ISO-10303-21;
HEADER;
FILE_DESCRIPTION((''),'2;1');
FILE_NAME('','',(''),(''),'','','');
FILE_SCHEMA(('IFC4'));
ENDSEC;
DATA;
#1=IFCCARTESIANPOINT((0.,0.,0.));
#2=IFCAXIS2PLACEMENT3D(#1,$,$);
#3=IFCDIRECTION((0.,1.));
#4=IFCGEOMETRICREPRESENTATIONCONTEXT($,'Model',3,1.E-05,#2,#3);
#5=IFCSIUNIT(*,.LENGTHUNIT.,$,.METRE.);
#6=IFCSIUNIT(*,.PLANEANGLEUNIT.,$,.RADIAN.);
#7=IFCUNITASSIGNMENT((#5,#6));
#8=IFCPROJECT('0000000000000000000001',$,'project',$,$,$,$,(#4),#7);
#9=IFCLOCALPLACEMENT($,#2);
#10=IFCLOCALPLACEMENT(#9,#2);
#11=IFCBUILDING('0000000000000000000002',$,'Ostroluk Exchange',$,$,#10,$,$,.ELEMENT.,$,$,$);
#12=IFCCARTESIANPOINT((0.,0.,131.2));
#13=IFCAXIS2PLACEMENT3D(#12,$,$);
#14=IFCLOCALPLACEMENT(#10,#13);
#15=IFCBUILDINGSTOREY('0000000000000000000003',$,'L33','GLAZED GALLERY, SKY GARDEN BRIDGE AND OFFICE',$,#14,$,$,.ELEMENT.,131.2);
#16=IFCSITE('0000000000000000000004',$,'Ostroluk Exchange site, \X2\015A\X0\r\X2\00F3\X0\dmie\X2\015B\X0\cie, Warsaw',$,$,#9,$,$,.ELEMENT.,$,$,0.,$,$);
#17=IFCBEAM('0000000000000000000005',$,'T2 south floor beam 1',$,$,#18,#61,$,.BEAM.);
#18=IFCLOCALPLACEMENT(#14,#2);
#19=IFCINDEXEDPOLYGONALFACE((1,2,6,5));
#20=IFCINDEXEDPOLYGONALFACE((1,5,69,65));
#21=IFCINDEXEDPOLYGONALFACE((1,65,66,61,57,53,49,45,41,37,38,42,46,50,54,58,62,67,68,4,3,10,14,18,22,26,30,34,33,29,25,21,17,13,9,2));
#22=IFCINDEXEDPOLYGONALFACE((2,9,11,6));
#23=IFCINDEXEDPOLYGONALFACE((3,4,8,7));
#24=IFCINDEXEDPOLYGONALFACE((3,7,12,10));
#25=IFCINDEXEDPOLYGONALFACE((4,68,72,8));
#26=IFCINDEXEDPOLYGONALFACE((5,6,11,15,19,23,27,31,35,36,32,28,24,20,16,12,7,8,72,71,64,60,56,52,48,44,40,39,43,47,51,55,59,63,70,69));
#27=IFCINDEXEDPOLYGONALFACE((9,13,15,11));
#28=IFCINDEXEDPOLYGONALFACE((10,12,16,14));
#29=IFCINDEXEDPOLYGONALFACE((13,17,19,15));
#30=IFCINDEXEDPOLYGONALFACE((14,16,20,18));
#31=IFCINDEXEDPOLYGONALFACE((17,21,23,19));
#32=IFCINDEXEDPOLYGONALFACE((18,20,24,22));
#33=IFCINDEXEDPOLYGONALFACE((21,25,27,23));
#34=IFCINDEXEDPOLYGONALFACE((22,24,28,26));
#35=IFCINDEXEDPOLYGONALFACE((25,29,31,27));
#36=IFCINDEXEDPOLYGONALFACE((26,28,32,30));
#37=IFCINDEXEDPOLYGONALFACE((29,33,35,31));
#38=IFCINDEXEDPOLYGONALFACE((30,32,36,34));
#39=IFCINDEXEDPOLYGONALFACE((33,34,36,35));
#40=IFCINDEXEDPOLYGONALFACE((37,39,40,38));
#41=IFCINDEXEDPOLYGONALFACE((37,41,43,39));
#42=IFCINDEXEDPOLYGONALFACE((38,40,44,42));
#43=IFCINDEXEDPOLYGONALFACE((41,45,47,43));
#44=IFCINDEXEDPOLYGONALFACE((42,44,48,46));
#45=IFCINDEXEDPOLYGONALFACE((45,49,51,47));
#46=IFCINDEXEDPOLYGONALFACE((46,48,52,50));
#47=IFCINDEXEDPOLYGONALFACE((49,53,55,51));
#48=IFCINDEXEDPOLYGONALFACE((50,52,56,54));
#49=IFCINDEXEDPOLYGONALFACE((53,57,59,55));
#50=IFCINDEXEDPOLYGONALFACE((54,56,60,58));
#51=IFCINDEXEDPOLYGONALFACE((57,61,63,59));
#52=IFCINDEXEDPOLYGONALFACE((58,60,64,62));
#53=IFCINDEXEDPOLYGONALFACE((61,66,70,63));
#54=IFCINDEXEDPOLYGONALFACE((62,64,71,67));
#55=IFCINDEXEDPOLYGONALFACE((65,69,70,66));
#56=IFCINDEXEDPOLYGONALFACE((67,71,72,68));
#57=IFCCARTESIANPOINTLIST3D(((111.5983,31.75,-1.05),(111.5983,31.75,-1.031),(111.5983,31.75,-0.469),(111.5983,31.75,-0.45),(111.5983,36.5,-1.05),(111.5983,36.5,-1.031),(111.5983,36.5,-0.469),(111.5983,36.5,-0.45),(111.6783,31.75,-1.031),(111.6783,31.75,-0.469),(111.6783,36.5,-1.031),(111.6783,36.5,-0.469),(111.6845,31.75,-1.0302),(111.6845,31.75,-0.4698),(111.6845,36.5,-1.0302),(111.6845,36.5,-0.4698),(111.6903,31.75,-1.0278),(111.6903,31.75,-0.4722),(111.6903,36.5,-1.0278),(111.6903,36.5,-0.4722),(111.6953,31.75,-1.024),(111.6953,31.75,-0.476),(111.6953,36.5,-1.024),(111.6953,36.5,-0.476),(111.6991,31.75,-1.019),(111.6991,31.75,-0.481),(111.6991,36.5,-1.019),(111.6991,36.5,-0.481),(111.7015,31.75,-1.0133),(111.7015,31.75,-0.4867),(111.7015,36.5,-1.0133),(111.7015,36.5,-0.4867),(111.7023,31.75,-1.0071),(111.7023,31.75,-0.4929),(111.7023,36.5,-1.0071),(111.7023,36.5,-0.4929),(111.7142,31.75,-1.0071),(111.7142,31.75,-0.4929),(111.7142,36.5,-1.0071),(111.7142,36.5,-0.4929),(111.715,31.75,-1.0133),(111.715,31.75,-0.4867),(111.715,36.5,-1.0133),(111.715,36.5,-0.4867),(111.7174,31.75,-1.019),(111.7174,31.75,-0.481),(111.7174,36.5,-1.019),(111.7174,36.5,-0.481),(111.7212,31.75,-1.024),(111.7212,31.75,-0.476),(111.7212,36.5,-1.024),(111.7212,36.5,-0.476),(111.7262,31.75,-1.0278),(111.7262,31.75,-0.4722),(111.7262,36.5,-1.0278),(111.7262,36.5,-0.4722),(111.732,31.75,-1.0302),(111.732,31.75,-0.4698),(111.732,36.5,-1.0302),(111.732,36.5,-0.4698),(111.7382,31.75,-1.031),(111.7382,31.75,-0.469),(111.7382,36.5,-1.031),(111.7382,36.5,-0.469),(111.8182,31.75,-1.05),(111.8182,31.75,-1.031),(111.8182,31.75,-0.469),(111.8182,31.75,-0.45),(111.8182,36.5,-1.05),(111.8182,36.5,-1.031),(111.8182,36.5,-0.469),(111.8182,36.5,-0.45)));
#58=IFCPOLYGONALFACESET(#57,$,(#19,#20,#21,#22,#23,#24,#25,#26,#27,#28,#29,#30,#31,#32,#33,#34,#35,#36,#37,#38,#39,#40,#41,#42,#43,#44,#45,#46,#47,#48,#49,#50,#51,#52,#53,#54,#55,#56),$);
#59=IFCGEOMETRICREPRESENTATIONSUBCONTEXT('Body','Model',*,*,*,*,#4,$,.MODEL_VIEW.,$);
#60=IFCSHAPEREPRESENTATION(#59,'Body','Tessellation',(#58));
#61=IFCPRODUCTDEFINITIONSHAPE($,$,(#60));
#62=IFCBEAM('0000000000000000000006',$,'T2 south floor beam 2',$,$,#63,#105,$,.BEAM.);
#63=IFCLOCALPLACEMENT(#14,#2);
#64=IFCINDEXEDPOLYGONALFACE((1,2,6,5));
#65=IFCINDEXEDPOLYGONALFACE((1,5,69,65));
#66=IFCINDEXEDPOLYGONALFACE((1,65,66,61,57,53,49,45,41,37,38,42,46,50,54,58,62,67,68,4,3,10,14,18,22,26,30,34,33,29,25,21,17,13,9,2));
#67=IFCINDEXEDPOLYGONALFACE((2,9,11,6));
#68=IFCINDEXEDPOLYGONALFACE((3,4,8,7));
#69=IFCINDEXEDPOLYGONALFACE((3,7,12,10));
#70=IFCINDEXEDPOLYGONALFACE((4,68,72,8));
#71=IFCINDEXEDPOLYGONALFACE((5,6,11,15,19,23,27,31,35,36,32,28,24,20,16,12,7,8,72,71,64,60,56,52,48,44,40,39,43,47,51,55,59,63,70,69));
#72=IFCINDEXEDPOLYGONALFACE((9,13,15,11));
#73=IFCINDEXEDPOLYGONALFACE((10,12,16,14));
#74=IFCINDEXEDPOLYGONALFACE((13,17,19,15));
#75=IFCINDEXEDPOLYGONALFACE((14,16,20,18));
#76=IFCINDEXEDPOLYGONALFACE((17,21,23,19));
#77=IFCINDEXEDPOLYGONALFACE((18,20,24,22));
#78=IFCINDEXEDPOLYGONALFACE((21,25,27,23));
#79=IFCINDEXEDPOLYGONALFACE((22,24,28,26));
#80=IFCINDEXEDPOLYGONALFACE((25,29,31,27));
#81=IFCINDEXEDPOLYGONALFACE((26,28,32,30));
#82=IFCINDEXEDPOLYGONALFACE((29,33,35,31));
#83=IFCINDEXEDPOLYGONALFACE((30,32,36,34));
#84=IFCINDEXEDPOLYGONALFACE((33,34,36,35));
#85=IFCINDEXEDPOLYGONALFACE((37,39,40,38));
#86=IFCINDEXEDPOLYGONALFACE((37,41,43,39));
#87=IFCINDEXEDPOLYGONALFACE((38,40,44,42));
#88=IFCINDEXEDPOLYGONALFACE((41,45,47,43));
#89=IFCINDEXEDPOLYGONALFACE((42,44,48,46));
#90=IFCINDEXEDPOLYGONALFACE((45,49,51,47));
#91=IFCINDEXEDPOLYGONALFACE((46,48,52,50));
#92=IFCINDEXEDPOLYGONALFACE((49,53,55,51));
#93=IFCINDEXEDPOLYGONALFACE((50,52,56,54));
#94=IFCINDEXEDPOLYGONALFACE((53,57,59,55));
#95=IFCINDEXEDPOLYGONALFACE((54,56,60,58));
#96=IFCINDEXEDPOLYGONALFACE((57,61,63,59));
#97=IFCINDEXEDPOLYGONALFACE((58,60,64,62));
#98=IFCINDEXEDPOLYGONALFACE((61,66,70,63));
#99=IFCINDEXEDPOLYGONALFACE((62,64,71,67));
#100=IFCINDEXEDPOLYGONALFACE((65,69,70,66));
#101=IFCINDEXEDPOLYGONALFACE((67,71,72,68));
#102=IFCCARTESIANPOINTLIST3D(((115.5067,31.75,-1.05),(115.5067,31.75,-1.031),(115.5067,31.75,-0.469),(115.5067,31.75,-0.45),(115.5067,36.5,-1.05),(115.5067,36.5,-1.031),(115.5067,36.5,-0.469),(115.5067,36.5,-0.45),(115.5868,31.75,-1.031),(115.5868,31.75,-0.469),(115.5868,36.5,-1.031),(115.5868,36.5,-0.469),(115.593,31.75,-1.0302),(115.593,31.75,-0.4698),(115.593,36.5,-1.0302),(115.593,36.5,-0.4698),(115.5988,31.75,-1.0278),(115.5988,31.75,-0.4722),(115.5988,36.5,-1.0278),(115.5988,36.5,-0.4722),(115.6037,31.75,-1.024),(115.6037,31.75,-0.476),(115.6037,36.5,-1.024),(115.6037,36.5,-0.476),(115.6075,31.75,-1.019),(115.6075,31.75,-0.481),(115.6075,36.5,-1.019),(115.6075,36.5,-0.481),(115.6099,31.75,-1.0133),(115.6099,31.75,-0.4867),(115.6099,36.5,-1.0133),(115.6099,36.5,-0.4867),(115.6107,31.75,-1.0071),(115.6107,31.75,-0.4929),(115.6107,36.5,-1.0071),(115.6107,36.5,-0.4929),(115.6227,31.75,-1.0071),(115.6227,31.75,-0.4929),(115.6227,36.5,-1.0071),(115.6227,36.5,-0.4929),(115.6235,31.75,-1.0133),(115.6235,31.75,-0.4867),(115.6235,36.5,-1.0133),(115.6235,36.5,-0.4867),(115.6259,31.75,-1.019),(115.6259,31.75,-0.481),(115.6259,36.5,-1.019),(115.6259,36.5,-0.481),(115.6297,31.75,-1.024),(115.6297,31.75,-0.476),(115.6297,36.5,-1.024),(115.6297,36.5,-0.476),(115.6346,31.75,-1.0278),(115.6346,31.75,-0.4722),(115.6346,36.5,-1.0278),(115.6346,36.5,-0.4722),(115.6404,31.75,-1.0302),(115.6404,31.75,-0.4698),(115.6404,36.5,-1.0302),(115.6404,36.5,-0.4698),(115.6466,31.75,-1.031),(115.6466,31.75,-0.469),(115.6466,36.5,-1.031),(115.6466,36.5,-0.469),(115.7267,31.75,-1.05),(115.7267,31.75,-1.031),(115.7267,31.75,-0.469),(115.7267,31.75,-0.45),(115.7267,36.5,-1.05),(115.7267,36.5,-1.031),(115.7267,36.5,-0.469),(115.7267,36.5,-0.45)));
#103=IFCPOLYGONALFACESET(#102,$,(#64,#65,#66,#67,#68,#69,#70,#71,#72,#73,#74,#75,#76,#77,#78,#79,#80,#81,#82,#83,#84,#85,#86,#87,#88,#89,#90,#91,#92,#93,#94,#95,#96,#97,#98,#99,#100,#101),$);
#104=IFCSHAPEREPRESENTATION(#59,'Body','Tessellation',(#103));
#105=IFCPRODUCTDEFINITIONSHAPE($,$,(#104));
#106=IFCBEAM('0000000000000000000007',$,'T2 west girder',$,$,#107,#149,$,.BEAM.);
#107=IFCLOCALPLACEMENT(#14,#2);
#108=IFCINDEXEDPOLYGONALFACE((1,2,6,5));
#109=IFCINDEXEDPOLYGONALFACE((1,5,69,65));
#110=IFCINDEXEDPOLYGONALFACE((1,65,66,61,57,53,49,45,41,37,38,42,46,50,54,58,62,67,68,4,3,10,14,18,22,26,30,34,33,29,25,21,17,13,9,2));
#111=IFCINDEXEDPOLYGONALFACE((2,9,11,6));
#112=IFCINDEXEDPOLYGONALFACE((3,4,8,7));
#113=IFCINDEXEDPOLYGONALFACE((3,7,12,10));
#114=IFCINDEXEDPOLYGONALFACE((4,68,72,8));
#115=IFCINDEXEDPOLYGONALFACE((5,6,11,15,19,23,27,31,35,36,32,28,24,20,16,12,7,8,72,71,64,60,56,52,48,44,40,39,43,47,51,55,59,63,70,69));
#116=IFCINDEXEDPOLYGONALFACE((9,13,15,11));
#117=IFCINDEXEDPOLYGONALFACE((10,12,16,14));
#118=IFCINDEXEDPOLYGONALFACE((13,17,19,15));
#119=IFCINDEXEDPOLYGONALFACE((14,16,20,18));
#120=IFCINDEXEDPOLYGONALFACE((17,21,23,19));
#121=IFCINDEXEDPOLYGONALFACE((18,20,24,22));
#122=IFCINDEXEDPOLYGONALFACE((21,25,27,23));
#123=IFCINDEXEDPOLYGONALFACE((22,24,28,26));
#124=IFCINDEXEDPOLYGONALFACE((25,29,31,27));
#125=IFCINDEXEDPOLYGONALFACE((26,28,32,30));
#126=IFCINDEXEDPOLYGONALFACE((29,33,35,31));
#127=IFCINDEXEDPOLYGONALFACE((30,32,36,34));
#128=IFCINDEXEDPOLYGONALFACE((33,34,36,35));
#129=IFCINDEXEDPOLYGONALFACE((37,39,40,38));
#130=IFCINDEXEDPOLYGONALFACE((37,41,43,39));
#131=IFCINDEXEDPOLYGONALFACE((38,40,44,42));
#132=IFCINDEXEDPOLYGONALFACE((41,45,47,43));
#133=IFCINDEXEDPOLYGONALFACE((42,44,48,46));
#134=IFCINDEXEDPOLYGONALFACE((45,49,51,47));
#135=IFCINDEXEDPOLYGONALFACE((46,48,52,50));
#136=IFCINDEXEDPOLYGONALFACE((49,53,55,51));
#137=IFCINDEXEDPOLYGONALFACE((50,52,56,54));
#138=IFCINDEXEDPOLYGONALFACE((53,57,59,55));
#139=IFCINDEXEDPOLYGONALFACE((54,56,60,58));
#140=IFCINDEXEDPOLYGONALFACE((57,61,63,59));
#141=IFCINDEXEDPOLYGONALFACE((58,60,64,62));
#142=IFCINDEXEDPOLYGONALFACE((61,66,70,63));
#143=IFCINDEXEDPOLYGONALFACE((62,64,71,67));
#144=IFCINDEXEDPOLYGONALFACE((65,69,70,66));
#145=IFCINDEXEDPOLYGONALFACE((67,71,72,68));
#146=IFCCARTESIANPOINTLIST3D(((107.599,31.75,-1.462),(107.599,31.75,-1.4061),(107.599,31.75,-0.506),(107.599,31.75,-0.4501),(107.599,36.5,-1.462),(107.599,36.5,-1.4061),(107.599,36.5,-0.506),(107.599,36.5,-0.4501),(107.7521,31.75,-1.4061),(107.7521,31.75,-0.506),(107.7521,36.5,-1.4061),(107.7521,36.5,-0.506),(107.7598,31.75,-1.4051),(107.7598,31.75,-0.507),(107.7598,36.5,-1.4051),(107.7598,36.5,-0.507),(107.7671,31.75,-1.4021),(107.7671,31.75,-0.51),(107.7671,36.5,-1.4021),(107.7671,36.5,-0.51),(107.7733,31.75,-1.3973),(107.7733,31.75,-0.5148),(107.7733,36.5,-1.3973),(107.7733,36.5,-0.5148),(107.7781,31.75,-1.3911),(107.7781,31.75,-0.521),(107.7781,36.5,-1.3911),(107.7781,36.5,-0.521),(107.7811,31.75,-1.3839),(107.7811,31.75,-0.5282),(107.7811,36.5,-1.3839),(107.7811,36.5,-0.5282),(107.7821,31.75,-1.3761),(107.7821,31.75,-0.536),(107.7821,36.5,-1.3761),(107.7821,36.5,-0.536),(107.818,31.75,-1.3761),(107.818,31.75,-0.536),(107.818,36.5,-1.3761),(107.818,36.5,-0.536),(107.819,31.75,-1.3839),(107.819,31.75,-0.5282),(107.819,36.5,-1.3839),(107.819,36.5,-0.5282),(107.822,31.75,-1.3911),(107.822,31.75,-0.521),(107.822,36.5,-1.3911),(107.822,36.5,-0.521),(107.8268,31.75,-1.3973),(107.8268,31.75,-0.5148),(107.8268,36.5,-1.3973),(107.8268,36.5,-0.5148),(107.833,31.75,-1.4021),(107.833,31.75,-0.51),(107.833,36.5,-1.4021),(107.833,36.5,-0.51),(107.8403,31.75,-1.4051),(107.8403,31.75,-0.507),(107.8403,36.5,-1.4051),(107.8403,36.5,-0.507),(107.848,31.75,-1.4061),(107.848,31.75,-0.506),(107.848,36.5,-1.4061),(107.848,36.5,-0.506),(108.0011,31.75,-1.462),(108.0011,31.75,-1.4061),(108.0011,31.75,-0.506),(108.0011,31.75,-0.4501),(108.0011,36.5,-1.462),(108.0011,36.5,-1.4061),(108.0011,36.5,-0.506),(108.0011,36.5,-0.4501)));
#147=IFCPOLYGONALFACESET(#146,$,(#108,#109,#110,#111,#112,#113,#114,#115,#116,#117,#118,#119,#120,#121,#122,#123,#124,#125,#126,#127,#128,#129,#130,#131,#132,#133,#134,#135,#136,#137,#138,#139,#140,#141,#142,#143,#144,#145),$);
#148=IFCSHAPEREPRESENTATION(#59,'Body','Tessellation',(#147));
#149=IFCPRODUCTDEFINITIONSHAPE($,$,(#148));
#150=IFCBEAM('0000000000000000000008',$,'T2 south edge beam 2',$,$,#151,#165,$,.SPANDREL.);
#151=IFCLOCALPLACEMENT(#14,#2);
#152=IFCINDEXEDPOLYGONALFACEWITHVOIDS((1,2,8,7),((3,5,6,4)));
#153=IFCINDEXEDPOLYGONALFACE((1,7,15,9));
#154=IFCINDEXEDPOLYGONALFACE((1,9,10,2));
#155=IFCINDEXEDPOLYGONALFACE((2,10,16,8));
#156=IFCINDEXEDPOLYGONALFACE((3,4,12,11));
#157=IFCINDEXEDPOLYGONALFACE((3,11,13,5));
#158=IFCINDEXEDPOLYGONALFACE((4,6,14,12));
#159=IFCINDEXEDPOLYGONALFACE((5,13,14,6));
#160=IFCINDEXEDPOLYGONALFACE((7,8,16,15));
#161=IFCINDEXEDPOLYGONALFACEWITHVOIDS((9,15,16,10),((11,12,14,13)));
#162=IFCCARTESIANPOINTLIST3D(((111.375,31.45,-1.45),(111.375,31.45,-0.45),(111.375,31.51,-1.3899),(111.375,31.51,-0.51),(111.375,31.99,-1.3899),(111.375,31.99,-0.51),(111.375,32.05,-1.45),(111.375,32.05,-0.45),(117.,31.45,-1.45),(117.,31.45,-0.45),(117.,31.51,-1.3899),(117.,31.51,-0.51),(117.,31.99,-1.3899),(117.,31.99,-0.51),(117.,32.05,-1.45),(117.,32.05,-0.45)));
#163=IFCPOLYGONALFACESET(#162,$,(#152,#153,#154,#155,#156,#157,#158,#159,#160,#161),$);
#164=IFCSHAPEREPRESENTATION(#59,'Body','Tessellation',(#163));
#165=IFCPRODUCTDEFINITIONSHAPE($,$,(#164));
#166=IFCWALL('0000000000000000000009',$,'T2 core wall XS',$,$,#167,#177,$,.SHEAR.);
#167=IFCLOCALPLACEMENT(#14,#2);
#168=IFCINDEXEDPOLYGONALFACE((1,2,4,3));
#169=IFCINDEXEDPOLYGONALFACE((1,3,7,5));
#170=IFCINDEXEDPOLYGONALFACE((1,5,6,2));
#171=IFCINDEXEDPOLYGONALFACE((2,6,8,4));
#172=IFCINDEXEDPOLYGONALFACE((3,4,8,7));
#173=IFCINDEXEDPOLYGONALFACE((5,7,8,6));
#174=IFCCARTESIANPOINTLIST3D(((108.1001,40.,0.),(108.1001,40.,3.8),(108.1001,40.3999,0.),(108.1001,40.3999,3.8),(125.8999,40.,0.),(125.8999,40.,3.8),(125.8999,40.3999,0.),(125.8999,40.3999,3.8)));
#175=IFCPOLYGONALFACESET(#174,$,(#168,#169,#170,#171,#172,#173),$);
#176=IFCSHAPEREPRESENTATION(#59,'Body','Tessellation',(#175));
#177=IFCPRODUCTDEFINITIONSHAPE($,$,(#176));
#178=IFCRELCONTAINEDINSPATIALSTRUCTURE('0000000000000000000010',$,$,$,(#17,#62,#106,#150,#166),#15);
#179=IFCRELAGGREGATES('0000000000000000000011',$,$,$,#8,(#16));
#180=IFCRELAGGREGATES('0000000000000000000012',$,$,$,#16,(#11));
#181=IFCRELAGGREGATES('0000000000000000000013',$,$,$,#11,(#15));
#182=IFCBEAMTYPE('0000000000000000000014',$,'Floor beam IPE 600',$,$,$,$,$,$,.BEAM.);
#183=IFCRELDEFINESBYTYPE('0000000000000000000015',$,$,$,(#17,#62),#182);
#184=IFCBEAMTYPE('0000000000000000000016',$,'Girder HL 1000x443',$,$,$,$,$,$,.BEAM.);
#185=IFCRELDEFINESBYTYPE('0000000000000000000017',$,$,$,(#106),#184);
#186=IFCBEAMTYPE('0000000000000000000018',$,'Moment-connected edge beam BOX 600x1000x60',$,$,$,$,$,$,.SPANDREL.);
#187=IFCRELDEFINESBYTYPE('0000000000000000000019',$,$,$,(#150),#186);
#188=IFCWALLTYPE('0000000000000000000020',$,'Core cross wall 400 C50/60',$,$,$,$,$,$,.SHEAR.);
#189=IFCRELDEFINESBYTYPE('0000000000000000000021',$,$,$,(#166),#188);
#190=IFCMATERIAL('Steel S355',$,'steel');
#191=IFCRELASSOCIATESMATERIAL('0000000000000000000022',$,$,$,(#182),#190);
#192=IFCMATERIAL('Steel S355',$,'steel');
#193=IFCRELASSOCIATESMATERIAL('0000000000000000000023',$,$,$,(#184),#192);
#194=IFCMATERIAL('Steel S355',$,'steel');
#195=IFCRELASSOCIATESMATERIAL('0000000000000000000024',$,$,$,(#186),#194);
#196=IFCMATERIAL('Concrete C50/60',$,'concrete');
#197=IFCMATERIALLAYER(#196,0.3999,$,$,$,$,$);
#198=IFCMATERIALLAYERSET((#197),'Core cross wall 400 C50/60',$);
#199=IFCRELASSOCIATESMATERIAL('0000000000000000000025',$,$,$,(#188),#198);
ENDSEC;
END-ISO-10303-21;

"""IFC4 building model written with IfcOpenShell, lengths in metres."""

from ifc_helpers import new_model, si_unit, direction, frame, frame_2d, origin, origin_2d, place, context, subcontext, project, spatial, rectangle, hollow_rectangle, i_section, extrude, material, layer, layer_set, material_profile, profile_set, type_object, element, save


model = new_model("IFC4")

# Units and contexts
model_context = context("Model", 3, precision=1e-05, world=origin(), true_north=direction((0.0, 1.0)))
body_context = subcontext(model_context, "Body", "Model", "MODEL_VIEW")
ifc_project = project(units=[si_unit("LENGTHUNIT", "METRE"), si_unit("PLANEANGLEUNIT", "RADIAN")], contexts=[model_context])

# Site, building, storey
site_placement = place(None, origin())
site = spatial("IfcSite", under=ifc_project, at=site_placement, Name="Ostroluk Exchange site, Śródmieście, Warsaw", CompositionType="ELEMENT", RefElevation=0.0)
building_placement = place(site_placement, origin())
building = spatial("IfcBuilding", under=site, at=building_placement, Name="Ostroluk Exchange", CompositionType="ELEMENT")
storey_placement = place(building_placement, frame((0.0, 0.0, 131.2)))
storey = spatial("IfcBuildingStorey", under=building, at=storey_placement, Name="L33", Description="GLAZED GALLERY, SKY GARDEN BRIDGE AND OFFICE", CompositionType="ELEMENT", Elevation=131.2)

# Beams
ifc_material_1 = material(Name="Steel S355", Category="steel")
ifc_material_profile_1 = material_profile(ifc_material_1, i_section(OverallWidth=0.22, OverallDepth=0.6001, WebThickness=0.012, FlangeThickness=0.019, FilletRadius=0.0239, at=origin_2d()), Name="IPE 600")
ifc_profile_set_1 = profile_set([ifc_material_profile_1], Name="Steel S355")
beam_type_1 = type_object("IfcBeamType", Name="Floor beam IPE 600", PredefinedType="BEAM", material=ifc_profile_set_1)
for number, where, z_axis, x_axis, name in (
    (1, (111.7083, 36.5, -0.75), (0.0, -1.0, 0.0), (1.0, 0.0, 0.0), "T2 south floor beam 1"),
    (2, (115.6167, 36.5, -0.75), (0.0, -1.0, 0.0), (1.0, 0.0, 0.0), "T2 south floor beam 2"),
):
    element("IfcBeam", number, at=place(storey_placement, frame(where, z_axis=z_axis, x_axis=x_axis)), inside=storey, type_object=beam_type_1, Name=name, PredefinedType="BEAM", context=body_context, shape_type="SweptSolid", body=[
        extrude(i_section(OverallWidth=0.22, OverallDepth=0.6001, WebThickness=0.012, FlangeThickness=0.019, FilletRadius=0.0239, at=origin_2d()), origin(), (0.0, 0.0, 1.0), 4.75),
    ])
ifc_material_2 = material(Name="Steel S355", Category="steel")
ifc_material_profile_2 = material_profile(ifc_material_2, i_section(OverallWidth=0.4021, OverallDepth=1.012, WebThickness=0.0359, FlangeThickness=0.0559, FilletRadius=0.03, at=origin_2d()), Name="HL 1000x443")
ifc_profile_set_2 = profile_set([ifc_material_profile_2], Name="Steel S355")
beam_type_2 = type_object("IfcBeamType", Name="Girder HL 1000x443", PredefinedType="BEAM", material=ifc_profile_set_2)
beam_1_placement = place(storey_placement, frame((107.8, 36.5, -0.9561), z_axis=(0.0, -1.0, 0.0), x_axis=(1.0, 0.0, 0.0)))
element("IfcBeam", 3, at=beam_1_placement, inside=storey, type_object=beam_type_2, Name="T2 west girder", PredefinedType="BEAM", context=body_context, shape_type="SweptSolid", body=[
    extrude(i_section(OverallWidth=0.4021, OverallDepth=1.012, WebThickness=0.0359, FlangeThickness=0.0559, FilletRadius=0.03, at=origin_2d()), origin(), (0.0, 0.0, 1.0), 4.75),
])
ifc_material_3 = material(Name="Steel S355", Category="steel")
ifc_material_profile_3 = material_profile(ifc_material_3, hollow_rectangle(XDim=0.6001, YDim=1.0, WallThickness=0.0601, at=origin_2d()), Name="BOX 600x1000x60")
ifc_profile_set_3 = profile_set([ifc_material_profile_3], Name="Steel S355")
beam_type_3 = type_object("IfcBeamType", Name="Moment-connected edge beam BOX 600x1000x60", PredefinedType="SPANDREL", material=ifc_profile_set_3)
beam_2_placement = place(storey_placement, frame((111.375, 31.75, -0.95), z_axis=(1.0, 0.0, 0.0), x_axis=(0.0, 1.0, 0.0)))
element("IfcBeam", 4, at=beam_2_placement, inside=storey, type_object=beam_type_3, Name="T2 south edge beam 2", PredefinedType="SPANDREL", context=body_context, shape_type="SweptSolid", body=[
    extrude(hollow_rectangle(XDim=0.6001, YDim=1.0, WallThickness=0.0601, at=origin_2d()), origin(), (0.0, 0.0, 1.0), 5.625),
])

# Wall
ifc_material_4 = material(Name="Concrete C50/60", Category="concrete")
ifc_layer_1 = layer(ifc_material_4, 0.3999)
ifc_layer_set_1 = layer_set([ifc_layer_1], Name="Core cross wall 400 C50/60")
wall_type_1 = type_object("IfcWallType", Name="Core cross wall 400 C50/60", PredefinedType="SHEAR", material=ifc_layer_set_1)
wall_1_placement = place(storey_placement, frame((108.1001, 40.2, 0.0), z_axis=(0.0, 0.0, 1.0), x_axis=(1.0, 0.0, 0.0)))
element("IfcWall", 5, at=wall_1_placement, inside=storey, type_object=wall_type_1, Name="T2 core wall XS", PredefinedType="SHEAR", context=body_context, shape_type="SweptSolid", body=[
    extrude(rectangle(XDim=17.7998, YDim=0.3999, at=frame_2d((8.8999, 0.0))), origin(), (0.0, 0.0, 1.0), 3.8),
])

save(model, "model.ifc")
